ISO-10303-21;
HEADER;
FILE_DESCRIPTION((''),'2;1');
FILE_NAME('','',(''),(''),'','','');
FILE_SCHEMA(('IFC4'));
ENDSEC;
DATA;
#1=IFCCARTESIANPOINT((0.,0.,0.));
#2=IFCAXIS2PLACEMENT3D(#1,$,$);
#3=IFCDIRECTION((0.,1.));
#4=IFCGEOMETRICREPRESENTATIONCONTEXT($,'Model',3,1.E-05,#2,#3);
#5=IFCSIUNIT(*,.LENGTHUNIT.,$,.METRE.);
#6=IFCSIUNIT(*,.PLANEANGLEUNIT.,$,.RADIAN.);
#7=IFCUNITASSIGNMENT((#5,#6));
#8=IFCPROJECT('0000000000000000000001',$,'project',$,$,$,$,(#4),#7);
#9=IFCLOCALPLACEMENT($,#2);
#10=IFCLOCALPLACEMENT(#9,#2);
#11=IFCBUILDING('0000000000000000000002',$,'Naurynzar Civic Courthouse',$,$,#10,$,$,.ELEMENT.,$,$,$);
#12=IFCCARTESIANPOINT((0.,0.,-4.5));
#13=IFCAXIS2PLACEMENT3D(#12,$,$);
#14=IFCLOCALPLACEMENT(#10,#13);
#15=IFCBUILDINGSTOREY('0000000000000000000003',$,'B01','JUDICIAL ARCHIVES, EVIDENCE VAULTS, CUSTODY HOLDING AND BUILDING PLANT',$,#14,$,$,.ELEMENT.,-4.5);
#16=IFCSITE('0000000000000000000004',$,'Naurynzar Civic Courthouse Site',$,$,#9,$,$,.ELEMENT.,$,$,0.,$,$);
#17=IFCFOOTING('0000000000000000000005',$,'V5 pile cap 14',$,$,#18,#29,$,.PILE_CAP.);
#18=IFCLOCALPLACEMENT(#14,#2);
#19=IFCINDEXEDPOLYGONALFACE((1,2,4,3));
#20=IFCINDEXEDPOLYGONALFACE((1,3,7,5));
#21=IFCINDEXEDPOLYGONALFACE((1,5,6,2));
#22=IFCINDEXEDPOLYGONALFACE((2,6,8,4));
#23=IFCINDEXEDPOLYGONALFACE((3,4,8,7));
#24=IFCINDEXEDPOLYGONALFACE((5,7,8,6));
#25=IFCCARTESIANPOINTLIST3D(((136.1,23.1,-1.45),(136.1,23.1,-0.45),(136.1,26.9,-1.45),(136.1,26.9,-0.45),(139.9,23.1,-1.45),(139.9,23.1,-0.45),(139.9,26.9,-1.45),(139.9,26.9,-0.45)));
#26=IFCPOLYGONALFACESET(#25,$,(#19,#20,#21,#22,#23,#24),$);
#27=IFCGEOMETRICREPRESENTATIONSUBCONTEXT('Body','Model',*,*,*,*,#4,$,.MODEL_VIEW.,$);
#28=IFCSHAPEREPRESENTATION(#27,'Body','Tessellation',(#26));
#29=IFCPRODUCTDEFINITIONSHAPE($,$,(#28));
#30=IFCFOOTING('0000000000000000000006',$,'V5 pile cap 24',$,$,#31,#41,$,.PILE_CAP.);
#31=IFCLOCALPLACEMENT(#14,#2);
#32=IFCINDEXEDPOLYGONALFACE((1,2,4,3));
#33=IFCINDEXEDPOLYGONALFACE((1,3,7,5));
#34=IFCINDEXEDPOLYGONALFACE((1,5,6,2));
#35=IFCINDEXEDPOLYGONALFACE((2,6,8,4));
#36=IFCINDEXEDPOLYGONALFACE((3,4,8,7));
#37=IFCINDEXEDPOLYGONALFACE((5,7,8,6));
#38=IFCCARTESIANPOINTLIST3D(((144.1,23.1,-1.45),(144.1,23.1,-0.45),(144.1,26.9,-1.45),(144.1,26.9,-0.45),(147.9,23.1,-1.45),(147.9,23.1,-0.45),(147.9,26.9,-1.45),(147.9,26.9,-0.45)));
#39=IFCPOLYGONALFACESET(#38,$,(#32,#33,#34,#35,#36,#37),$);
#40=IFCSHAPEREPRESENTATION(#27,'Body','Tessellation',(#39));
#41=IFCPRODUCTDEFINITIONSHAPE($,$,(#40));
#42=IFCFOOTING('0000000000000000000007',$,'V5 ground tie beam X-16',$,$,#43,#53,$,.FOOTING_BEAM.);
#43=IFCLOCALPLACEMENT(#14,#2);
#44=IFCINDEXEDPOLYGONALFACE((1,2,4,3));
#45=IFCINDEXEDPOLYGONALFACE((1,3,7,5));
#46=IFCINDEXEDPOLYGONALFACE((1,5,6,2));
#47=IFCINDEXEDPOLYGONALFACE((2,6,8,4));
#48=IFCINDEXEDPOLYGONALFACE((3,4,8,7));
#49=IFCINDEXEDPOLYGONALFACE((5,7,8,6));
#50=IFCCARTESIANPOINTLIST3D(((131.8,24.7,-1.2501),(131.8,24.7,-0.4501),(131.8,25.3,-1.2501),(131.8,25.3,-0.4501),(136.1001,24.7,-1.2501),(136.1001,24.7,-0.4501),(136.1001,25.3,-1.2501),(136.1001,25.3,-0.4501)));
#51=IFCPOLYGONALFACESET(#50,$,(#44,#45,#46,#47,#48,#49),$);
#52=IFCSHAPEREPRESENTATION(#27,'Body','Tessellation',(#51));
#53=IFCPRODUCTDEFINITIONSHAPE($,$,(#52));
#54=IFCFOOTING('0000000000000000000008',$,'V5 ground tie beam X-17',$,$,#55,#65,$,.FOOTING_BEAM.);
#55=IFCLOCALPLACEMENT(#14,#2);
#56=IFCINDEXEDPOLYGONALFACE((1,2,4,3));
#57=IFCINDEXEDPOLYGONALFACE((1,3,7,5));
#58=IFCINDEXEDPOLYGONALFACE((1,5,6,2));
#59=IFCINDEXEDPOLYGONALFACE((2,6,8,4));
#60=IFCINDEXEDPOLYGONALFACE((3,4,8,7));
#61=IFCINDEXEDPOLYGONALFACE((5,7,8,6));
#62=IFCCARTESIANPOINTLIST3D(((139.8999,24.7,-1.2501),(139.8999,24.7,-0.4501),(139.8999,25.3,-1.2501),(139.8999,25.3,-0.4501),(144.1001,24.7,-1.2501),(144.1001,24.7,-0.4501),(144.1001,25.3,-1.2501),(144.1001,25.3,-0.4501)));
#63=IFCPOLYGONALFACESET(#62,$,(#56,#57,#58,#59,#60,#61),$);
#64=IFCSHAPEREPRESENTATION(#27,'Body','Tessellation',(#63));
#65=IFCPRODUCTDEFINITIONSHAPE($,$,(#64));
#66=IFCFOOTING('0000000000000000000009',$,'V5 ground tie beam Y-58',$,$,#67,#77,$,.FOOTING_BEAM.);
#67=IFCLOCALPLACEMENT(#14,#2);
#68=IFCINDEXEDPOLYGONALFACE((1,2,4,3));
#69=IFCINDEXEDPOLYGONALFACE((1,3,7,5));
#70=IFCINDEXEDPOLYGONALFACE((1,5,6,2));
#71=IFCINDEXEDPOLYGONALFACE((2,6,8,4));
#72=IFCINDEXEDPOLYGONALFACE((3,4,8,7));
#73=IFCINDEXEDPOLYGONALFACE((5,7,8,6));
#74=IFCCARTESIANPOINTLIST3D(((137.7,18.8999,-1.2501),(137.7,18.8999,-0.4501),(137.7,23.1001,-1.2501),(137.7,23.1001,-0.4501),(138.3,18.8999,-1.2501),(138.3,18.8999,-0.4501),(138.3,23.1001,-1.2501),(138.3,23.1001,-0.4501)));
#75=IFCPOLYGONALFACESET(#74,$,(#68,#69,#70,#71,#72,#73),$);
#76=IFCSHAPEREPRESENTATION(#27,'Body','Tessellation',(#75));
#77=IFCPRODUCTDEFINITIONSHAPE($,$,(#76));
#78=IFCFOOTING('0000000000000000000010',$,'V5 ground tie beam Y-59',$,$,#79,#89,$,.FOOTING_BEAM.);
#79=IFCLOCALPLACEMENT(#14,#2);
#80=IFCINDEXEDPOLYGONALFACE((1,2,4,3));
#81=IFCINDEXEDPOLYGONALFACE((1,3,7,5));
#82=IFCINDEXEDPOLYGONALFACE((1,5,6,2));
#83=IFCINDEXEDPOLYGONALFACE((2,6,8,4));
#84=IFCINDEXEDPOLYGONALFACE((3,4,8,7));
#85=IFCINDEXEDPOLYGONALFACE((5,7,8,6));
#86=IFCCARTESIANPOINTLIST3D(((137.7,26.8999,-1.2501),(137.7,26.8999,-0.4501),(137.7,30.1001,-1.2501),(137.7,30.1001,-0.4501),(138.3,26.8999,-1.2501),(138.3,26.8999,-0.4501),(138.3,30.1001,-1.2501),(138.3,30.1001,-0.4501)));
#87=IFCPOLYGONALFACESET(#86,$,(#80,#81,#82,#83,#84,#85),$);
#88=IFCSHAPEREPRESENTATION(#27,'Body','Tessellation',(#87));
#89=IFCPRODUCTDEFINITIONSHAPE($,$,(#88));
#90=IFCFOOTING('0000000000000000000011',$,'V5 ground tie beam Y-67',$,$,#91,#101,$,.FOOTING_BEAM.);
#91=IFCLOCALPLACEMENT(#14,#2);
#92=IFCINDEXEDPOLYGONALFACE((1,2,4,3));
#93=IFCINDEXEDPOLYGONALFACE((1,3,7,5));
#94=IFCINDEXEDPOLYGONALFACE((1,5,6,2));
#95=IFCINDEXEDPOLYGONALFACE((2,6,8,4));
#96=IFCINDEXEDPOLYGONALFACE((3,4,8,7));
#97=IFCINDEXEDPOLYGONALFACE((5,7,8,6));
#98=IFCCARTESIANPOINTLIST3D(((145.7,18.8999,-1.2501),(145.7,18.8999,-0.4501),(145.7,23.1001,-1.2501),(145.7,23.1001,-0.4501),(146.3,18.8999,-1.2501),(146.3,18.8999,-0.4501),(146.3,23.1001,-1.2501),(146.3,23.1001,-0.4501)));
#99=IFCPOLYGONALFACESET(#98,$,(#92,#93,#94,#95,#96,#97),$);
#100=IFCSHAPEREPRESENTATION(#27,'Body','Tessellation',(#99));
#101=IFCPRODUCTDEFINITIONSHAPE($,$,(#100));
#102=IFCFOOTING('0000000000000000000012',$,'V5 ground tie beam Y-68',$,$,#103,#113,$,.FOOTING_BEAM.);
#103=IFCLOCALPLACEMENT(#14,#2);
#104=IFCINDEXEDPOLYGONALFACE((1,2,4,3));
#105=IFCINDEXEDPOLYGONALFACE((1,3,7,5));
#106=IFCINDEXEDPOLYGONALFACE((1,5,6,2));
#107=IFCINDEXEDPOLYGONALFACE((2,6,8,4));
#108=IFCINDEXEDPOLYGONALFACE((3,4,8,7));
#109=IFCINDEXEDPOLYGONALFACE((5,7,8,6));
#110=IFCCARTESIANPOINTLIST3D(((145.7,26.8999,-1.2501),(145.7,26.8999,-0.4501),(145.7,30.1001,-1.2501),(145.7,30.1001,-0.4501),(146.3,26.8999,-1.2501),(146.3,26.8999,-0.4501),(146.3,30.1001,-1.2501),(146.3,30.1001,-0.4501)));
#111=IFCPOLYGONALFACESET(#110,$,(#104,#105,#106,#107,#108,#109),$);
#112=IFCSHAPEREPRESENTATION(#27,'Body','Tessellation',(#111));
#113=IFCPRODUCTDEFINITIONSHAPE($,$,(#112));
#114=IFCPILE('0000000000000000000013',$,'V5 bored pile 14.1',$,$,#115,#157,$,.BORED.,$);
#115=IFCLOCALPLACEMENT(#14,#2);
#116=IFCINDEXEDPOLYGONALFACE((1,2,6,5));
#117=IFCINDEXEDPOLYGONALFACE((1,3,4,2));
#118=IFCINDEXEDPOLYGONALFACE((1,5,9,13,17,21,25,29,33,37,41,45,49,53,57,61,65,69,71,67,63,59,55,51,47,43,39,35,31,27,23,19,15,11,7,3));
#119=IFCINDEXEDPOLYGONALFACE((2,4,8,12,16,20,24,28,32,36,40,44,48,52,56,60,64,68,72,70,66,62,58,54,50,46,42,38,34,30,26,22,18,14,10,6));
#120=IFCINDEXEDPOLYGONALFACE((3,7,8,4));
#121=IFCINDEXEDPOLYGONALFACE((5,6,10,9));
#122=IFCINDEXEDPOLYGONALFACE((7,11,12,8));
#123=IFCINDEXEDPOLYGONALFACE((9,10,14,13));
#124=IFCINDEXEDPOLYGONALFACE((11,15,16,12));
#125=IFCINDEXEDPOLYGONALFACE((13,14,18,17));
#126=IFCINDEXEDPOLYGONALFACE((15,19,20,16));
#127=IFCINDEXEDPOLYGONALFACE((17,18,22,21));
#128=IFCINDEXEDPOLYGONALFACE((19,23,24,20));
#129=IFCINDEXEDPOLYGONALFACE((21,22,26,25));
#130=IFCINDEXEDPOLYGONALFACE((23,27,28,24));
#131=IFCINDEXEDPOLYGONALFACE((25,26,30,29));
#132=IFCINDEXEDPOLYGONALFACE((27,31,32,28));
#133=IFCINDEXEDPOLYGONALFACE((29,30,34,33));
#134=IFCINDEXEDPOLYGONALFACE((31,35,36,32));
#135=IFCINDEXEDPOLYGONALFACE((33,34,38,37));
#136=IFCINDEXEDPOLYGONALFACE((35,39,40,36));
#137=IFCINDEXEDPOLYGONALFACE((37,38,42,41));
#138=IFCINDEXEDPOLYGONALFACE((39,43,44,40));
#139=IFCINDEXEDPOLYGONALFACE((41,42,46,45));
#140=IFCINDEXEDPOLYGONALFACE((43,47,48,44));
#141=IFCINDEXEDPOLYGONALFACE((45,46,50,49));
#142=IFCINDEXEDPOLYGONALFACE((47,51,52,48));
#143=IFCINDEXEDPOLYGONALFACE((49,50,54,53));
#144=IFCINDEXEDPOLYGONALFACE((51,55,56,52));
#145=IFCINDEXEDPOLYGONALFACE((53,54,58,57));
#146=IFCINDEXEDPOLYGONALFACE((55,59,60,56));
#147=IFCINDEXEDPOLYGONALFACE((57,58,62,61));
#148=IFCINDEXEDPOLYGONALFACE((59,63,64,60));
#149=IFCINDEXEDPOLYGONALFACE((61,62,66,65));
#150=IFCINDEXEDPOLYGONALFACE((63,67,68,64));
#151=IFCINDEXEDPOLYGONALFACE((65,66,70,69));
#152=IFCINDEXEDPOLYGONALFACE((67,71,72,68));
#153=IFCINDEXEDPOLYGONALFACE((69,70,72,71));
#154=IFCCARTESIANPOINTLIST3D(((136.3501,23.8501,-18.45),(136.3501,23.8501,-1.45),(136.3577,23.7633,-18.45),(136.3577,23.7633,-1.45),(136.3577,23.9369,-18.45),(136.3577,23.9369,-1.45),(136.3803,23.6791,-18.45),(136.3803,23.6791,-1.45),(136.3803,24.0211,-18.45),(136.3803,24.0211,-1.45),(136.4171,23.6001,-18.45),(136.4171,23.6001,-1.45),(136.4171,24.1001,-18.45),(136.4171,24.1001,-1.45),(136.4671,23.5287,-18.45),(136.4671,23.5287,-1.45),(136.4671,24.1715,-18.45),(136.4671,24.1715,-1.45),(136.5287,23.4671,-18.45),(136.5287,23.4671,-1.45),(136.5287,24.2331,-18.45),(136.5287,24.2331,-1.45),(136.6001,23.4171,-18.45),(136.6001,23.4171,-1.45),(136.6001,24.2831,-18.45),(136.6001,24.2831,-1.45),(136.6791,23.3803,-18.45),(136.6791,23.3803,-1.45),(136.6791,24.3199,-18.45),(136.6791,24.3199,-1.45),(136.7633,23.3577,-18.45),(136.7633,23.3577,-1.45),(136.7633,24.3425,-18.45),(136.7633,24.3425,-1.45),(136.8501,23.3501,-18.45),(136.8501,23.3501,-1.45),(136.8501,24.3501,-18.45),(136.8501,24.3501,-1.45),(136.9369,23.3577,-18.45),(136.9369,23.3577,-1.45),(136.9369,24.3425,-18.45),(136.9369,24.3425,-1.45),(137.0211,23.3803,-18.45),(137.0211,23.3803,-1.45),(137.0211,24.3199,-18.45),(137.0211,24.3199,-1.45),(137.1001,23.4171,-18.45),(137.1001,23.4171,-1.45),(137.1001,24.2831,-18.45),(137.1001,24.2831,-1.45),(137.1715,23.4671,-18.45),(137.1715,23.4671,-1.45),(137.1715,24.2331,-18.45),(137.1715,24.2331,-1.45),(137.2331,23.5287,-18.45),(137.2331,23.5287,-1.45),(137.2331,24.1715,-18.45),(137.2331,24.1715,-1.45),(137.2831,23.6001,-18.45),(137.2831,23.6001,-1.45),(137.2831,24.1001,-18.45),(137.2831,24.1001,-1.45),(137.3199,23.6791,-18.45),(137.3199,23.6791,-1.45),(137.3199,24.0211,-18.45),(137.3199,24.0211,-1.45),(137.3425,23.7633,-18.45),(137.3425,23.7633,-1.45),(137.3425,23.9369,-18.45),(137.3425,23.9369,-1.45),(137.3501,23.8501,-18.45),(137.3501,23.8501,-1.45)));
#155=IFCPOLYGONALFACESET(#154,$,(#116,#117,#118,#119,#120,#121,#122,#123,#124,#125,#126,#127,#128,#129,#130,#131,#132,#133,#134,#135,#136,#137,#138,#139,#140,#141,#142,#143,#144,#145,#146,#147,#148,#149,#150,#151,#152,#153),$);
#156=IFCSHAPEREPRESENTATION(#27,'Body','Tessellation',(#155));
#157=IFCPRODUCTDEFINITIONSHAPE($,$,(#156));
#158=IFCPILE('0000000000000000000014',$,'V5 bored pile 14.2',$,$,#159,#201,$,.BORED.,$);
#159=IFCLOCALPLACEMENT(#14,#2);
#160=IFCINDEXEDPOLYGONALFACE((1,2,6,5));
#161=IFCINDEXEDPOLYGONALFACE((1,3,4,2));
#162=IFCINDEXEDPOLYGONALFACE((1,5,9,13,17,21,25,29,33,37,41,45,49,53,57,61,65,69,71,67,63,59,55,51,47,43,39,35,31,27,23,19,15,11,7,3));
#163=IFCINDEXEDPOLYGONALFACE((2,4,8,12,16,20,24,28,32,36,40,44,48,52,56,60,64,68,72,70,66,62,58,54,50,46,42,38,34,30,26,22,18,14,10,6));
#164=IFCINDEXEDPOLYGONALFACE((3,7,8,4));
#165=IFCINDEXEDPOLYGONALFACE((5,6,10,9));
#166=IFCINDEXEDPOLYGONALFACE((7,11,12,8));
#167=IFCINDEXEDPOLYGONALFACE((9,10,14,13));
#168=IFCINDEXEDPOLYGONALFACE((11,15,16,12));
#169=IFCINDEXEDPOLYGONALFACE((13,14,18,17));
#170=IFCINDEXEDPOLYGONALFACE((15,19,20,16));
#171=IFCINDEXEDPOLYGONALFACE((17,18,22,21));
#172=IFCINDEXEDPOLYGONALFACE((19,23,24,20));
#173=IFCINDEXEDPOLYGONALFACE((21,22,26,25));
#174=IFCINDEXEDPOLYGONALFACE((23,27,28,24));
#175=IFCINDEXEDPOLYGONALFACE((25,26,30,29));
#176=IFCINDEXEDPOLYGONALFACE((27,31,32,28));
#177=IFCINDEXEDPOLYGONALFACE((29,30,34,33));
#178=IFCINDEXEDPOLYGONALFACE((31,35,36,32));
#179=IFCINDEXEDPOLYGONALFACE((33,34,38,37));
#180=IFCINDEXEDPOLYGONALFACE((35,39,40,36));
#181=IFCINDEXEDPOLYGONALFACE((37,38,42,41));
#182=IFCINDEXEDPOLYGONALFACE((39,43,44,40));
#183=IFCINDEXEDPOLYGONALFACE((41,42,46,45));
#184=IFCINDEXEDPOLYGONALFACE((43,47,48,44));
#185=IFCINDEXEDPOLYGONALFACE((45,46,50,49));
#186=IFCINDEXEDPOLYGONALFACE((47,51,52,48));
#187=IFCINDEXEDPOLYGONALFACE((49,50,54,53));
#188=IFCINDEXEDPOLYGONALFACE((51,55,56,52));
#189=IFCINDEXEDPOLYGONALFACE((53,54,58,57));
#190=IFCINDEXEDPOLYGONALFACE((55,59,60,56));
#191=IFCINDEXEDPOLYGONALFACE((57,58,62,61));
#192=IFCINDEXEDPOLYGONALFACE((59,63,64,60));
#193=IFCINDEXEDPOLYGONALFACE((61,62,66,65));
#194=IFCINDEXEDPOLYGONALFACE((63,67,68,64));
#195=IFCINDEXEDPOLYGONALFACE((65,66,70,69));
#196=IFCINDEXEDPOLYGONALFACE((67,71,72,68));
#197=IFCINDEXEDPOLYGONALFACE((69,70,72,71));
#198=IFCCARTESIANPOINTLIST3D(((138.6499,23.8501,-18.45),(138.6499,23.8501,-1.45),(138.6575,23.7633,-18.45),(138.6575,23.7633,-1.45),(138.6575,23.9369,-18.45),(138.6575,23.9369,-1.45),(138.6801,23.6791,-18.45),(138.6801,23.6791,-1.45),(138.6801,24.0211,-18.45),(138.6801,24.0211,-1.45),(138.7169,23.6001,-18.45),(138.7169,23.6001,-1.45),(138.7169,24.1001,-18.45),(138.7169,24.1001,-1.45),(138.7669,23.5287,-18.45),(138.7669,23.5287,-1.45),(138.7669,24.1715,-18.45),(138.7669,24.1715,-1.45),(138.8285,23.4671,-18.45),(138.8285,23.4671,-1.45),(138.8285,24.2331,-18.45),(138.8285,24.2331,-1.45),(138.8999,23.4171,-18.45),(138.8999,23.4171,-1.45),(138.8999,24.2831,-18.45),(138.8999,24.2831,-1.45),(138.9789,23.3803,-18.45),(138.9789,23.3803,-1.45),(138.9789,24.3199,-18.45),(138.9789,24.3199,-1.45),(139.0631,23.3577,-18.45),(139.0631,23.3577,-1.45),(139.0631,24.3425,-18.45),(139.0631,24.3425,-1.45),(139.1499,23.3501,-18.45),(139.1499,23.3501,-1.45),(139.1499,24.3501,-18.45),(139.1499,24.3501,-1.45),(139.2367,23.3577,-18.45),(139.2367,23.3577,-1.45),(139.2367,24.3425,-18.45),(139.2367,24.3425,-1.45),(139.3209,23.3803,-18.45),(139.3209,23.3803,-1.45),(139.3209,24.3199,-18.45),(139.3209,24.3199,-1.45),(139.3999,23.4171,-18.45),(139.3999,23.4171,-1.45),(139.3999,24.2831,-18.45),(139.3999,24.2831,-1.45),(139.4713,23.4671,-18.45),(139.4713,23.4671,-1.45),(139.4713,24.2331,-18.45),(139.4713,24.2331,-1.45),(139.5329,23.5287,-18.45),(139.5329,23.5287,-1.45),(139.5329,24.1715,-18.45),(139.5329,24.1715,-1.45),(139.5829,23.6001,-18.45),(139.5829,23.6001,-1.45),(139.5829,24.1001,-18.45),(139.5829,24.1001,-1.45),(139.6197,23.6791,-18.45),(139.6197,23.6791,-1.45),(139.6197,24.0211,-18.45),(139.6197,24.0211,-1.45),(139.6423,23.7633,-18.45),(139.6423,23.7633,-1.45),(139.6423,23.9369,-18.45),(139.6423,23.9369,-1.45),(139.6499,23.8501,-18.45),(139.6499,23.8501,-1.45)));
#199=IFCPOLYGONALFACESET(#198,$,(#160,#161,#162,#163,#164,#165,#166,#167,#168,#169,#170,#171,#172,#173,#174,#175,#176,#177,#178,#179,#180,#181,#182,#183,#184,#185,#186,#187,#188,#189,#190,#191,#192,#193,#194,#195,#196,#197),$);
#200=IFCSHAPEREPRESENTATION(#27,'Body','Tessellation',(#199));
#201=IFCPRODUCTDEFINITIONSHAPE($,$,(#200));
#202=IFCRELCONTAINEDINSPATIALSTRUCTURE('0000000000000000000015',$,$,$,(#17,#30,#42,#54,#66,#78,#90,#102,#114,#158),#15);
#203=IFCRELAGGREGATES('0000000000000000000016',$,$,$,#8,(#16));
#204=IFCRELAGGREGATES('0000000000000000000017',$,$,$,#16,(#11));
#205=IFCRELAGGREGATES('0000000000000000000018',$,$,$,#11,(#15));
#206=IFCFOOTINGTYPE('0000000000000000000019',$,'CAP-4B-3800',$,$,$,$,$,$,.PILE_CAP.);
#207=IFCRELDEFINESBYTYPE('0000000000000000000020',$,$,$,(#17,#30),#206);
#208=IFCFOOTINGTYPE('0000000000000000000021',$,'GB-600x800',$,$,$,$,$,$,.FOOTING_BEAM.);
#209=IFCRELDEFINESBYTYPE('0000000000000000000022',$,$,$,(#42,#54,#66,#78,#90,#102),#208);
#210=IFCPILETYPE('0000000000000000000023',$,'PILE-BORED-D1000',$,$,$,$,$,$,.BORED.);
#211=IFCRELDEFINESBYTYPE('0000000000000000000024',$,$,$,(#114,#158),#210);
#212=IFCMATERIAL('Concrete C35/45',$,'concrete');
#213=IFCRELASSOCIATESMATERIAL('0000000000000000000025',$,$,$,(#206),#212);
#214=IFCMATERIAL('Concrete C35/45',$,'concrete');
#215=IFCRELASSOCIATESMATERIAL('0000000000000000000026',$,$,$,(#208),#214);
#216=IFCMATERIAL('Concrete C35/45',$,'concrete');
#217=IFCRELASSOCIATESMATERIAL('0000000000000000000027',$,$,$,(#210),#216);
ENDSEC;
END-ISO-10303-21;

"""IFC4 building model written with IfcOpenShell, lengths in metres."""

from ifc_helpers import new_model, si_unit, direction, frame, origin, origin_2d, place, context, subcontext, project, spatial, rectangle, circle, extrude, material, material_profile, profile_set, type_object, element, save


model = new_model("IFC4")

# Units and contexts
model_context = context("Model", 3, precision=1e-05, world=origin(), true_north=direction((0.0, 1.0)))
body_context = subcontext(model_context, "Body", "Model", "MODEL_VIEW")
ifc_project = project(units=[si_unit("LENGTHUNIT", "METRE"), si_unit("PLANEANGLEUNIT", "RADIAN")], contexts=[model_context])

# Site, building, storey
site_placement = place(None, origin())
site = spatial("IfcSite", under=ifc_project, at=site_placement, Name="Naurynzar Civic Courthouse Site", CompositionType="ELEMENT", RefElevation=0.0)
building_placement = place(site_placement, origin())
building = spatial("IfcBuilding", under=site, at=building_placement, Name="Naurynzar Civic Courthouse", CompositionType="ELEMENT")
storey_placement = place(building_placement, frame((0.0, 0.0, -4.5)))
storey = spatial("IfcBuildingStorey", under=building, at=storey_placement, Name="B01", Description="JUDICIAL ARCHIVES, EVIDENCE VAULTS, CUSTODY HOLDING AND BUILDING PLANT", CompositionType="ELEMENT", Elevation=-4.5)

# Footings
ifc_material_1 = material(Name="Concrete C35/45", Category="concrete")
footing_type_1 = type_object("IfcFootingType", Name="CAP-4B-3800", PredefinedType="PILE_CAP", material=ifc_material_1)
for number, where, z_axis, x_axis, name in (
    (1, (138.0, 25.0, -1.45), (0.0, 0.0, 1.0), (1.0, 0.0, 0.0), "V5 pile cap 14"),
    (2, (146.0, 25.0, -1.45), (0.0, 0.0, 1.0), (1.0, 0.0, 0.0), "V5 pile cap 24"),
):
    element("IfcFooting", number, at=place(storey_placement, frame(where, z_axis=z_axis, x_axis=x_axis)), inside=storey, type_object=footing_type_1, Name=name, PredefinedType="PILE_CAP", context=body_context, shape_type="SweptSolid", body=[
        extrude(rectangle(XDim=3.8, YDim=3.8, at=origin_2d()), origin(), (0.0, 0.0, 1.0), 1.0),
    ])
ifc_material_2 = material(Name="Concrete C35/45", Category="concrete")
ifc_material_profile_1 = material_profile(ifc_material_2, rectangle(XDim=0.6001, YDim=0.8, at=origin_2d()), Name="GB 600x800")
ifc_profile_set_1 = profile_set([ifc_material_profile_1], Name="Concrete C35/45")
footing_type_2 = type_object("IfcFootingType", Name="GB-600x800", PredefinedType="FOOTING_BEAM", material=ifc_profile_set_1)
footing_1_placement = place(storey_placement, frame((131.8, 25.0, -0.8501), z_axis=(1.0, 0.0, 0.0), x_axis=(0.0, 1.0, 0.0)))
element("IfcFooting", 3, at=footing_1_placement, inside=storey, type_object=footing_type_2, Name="V5 ground tie beam X-16", PredefinedType="FOOTING_BEAM", context=body_context, shape_type="SweptSolid", body=[
    extrude(rectangle(XDim=0.6001, YDim=0.8, at=origin_2d()), origin(), (0.0, 0.0, 1.0), 4.3),
])
for number, where, z_axis, x_axis, name in (
    (4, (139.8999, 25.0, -0.8501), (1.0, 0.0, 0.0), (0.0, 1.0, 0.0), "V5 ground tie beam X-17"),
    (5, (138.0, 18.8999, -0.8501), (0.0, 1.0, 0.0), (-1.0, 0.0, 0.0), "V5 ground tie beam Y-58"),
):
    element("IfcFooting", number, at=place(storey_placement, frame(where, z_axis=z_axis, x_axis=x_axis)), inside=storey, type_object=footing_type_2, Name=name, PredefinedType="FOOTING_BEAM", context=body_context, shape_type="SweptSolid", body=[
        extrude(rectangle(XDim=0.6001, YDim=0.8, at=origin_2d()), origin(), (0.0, 0.0, 1.0), 4.2002),
    ])
footing_2_placement = place(storey_placement, frame((138.0, 26.8999, -0.8501), z_axis=(0.0, 1.0, 0.0), x_axis=(-1.0, 0.0, 0.0)))
element("IfcFooting", 6, at=footing_2_placement, inside=storey, type_object=footing_type_2, Name="V5 ground tie beam Y-59", PredefinedType="FOOTING_BEAM", context=body_context, shape_type="SweptSolid", body=[
    extrude(rectangle(XDim=0.6001, YDim=0.8, at=origin_2d()), origin(), (0.0, 0.0, 1.0), 3.2002),
])
footing_3_placement = place(storey_placement, frame((146.0, 18.8999, -0.8501), z_axis=(0.0, 1.0, 0.0), x_axis=(-1.0, 0.0, 0.0)))
element("IfcFooting", 7, at=footing_3_placement, inside=storey, type_object=footing_type_2, Name="V5 ground tie beam Y-67", PredefinedType="FOOTING_BEAM", context=body_context, shape_type="SweptSolid", body=[
    extrude(rectangle(XDim=0.6001, YDim=0.8, at=origin_2d()), origin(), (0.0, 0.0, 1.0), 4.2002),
])
footing_4_placement = place(storey_placement, frame((146.0, 26.8999, -0.8501), z_axis=(0.0, 1.0, 0.0), x_axis=(-1.0, 0.0, 0.0)))
element("IfcFooting", 8, at=footing_4_placement, inside=storey, type_object=footing_type_2, Name="V5 ground tie beam Y-68", PredefinedType="FOOTING_BEAM", context=body_context, shape_type="SweptSolid", body=[
    extrude(rectangle(XDim=0.6001, YDim=0.8, at=origin_2d()), origin(), (0.0, 0.0, 1.0), 3.2002),
])

# Piles
ifc_material_3 = material(Name="Concrete C35/45", Category="concrete")
ifc_material_profile_2 = material_profile(ifc_material_3, circle(Radius=0.5, at=origin_2d()), Name="PILE D1000")
ifc_profile_set_2 = profile_set([ifc_material_profile_2], Name="Concrete C35/45")
pile_type = type_object("IfcPileType", Name="PILE-BORED-D1000", PredefinedType="BORED", material=ifc_profile_set_2)
for number, where, z_axis, x_axis, name in (
    (9, (136.8501, 23.8501, -1.45), (0.0, 0.0, -1.0), (1.0, 0.0, 0.0), "V5 bored pile 14.1"),
    (10, (139.1499, 23.8501, -1.45), (0.0, 0.0, -1.0), (1.0, 0.0, 0.0), "V5 bored pile 14.2"),
):
    element("IfcPile", number, at=place(storey_placement, frame(where, z_axis=z_axis, x_axis=x_axis)), inside=storey, type_object=pile_type, Name=name, PredefinedType="BORED", context=body_context, shape_type="SweptSolid", body=[
        extrude(circle(Radius=0.5, at=origin_2d()), origin(), (0.0, 0.0, 1.0), 17.0),
    ])

save(model, "model.ifc")
